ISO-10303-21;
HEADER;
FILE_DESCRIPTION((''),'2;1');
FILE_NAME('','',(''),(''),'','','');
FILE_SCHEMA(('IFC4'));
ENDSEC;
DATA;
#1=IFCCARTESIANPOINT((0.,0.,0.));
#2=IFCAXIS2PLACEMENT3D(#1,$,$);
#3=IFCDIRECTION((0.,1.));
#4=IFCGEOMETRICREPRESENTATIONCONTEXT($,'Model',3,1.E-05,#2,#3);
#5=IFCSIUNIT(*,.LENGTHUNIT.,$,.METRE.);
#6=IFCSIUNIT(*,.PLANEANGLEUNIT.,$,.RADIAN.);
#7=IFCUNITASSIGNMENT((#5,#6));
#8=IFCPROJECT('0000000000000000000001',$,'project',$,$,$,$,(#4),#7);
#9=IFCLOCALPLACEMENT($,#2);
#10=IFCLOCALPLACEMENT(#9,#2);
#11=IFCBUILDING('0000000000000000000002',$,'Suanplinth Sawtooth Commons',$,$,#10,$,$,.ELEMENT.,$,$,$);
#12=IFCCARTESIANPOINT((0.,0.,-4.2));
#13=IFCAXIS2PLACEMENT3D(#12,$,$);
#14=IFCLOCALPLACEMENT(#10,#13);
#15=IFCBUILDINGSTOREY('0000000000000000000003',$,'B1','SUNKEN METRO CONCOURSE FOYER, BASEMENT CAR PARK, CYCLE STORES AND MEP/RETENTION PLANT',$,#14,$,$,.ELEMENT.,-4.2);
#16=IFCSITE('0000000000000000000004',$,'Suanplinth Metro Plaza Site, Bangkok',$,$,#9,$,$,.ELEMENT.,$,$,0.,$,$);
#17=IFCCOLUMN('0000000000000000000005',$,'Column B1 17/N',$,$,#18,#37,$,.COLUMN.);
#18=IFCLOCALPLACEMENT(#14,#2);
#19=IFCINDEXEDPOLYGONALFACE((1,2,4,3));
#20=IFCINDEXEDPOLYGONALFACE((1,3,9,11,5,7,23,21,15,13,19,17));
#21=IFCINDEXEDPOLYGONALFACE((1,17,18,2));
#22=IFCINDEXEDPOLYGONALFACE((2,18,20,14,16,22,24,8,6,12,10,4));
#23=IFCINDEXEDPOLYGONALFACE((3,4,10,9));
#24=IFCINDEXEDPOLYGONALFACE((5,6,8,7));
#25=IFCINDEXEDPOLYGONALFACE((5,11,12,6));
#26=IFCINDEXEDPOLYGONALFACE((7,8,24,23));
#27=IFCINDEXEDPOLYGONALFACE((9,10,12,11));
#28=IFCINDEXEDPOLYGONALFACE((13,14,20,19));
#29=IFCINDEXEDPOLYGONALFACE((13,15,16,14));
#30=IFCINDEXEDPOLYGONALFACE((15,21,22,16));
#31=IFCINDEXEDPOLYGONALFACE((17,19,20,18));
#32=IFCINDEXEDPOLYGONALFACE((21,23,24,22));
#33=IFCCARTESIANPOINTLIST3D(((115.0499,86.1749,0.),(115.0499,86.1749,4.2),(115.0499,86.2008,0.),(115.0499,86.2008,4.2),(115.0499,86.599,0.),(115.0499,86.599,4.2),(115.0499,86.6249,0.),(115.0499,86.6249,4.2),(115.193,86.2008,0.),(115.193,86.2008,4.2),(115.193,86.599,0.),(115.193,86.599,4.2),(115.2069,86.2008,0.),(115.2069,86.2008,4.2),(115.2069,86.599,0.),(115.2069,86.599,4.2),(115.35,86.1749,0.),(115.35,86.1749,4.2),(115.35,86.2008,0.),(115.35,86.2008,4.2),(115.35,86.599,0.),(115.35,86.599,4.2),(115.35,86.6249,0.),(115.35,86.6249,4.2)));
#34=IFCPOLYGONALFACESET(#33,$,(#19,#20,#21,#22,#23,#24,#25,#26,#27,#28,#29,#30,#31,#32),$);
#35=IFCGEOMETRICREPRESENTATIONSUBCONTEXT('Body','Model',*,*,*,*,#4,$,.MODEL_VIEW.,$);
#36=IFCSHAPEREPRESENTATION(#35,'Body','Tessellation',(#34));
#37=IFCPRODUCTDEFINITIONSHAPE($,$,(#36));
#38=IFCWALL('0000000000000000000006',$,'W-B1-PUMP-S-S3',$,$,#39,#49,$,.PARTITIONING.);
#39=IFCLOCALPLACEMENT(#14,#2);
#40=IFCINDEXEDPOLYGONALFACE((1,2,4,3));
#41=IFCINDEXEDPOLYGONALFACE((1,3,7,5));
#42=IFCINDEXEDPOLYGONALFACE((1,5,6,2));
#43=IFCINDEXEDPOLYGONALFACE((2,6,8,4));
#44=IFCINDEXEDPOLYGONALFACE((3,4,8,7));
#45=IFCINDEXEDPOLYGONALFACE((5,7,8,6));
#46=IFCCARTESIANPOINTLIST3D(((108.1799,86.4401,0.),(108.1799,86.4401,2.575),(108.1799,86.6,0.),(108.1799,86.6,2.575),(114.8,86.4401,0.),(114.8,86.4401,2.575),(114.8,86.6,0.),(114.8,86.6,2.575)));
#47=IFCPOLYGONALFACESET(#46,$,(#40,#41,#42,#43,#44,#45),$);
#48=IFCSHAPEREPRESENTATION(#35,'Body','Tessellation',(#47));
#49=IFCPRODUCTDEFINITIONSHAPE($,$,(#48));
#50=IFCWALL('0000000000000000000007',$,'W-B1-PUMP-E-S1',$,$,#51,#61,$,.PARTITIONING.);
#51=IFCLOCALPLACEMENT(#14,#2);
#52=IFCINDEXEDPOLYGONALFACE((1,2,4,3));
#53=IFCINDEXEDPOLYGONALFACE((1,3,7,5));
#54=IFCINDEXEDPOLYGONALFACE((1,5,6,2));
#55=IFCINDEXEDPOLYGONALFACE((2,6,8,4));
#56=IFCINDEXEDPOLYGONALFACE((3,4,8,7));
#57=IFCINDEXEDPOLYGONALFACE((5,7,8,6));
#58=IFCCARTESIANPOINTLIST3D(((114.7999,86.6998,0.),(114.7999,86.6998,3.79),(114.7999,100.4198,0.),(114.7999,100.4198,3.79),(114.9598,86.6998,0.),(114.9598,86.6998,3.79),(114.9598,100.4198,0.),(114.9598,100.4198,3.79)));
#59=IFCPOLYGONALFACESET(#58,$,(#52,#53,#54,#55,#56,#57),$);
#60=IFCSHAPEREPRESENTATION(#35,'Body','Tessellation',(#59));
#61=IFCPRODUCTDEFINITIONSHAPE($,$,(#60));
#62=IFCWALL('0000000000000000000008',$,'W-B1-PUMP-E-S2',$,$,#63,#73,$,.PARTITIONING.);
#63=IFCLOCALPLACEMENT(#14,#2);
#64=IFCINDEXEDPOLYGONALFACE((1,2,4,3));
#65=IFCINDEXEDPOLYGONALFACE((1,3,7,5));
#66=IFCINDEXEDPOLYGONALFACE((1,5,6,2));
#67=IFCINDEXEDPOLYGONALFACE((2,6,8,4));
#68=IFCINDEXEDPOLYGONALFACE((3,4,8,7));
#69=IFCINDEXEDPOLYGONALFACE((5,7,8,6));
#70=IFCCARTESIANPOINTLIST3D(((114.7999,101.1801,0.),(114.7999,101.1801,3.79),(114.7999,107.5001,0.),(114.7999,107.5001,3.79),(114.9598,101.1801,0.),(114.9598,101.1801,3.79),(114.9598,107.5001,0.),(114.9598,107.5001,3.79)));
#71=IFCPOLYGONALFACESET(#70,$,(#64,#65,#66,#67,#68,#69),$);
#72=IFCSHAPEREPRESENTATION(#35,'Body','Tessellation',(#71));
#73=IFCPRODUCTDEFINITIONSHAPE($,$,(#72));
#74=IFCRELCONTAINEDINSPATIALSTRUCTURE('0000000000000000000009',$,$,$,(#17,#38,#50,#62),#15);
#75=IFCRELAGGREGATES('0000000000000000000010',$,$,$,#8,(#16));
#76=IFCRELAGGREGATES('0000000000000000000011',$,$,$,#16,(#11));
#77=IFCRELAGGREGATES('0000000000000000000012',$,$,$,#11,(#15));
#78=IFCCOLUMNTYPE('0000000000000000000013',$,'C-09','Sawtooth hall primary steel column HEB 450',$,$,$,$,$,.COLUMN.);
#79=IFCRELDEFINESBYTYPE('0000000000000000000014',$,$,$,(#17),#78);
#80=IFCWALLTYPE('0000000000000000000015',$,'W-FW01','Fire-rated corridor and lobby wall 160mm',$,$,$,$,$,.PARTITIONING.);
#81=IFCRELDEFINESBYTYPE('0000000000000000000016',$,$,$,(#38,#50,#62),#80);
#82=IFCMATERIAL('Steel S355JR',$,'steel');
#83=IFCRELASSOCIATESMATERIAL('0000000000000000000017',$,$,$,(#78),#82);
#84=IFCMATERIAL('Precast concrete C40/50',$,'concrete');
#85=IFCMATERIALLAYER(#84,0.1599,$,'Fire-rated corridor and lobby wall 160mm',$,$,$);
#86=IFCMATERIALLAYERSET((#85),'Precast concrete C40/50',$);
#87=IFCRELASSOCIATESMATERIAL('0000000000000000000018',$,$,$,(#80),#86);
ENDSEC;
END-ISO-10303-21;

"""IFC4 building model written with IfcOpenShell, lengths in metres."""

from ifc_helpers import new_model, si_unit, direction, frame, frame_2d, origin, origin_2d, place, context, subcontext, project, spatial, rectangle, i_section, extrude, material, layer, layer_set, material_profile, profile_set, type_object, element, save


model = new_model("IFC4")

# Units and contexts
model_context = context("Model", 3, precision=1e-05, world=origin(), true_north=direction((0.0, 1.0)))
body_context = subcontext(model_context, "Body", "Model", "MODEL_VIEW")
ifc_project = project(units=[si_unit("LENGTHUNIT", "METRE"), si_unit("PLANEANGLEUNIT", "RADIAN")], contexts=[model_context])

# Site, building, storey
site_placement = place(None, origin())
site = spatial("IfcSite", under=ifc_project, at=site_placement, Name="Suanplinth Metro Plaza Site, Bangkok", CompositionType="ELEMENT", RefElevation=0.0)
building_placement = place(site_placement, origin())
building = spatial("IfcBuilding", under=site, at=building_placement, Name="Suanplinth Sawtooth Commons", CompositionType="ELEMENT")
storey_placement = place(building_placement, frame((0.0, 0.0, -4.2)))
storey = spatial("IfcBuildingStorey", under=building, at=storey_placement, Name="B1", Description="SUNKEN METRO CONCOURSE FOYER, BASEMENT CAR PARK, CYCLE STORES AND MEP/RETENTION PLANT", CompositionType="ELEMENT", Elevation=-4.2)

# Column
ifc_material_1 = material(Name="Steel S355JR", Category="steel")
ifc_material_profile_1 = material_profile(ifc_material_1, i_section(OverallWidth=0.3, OverallDepth=0.45, WebThickness=0.0139, FlangeThickness=0.0259, at=origin_2d()), Name="HEB 450")
ifc_profile_set_1 = profile_set([ifc_material_profile_1], Name="Steel S355JR")
column_type_1 = type_object("IfcColumnType", Name="C-09", Description="Sawtooth hall primary steel column HEB 450", PredefinedType="COLUMN", material=ifc_profile_set_1)
for number, where, z_axis, x_axis, name in (
    (1, (115.2, 86.3999, 0.0), (0.0, 0.0, 1.0), (1.0, 0.0, 0.0), "Column B1 17/N"),
):
    element("IfcColumn", number, at=place(storey_placement, frame(where, z_axis=z_axis, x_axis=x_axis)), inside=storey, type_object=column_type_1, Name=name, PredefinedType="COLUMN", context=body_context, shape_type="SweptSolid", body=[
        extrude(i_section(OverallWidth=0.3, OverallDepth=0.45, WebThickness=0.0139, FlangeThickness=0.0259, at=origin_2d()), origin(), (0.0, 0.0, 1.0), 4.2),
    ])

# Walls
ifc_material_2 = material(Name="Precast concrete C40/50", Category="concrete")
ifc_layer = layer(ifc_material_2, 0.1599, Name="Fire-rated corridor and lobby wall 160mm")
ifc_layer_set = layer_set([ifc_layer], Name="Precast concrete C40/50")
wall_type = type_object("IfcWallType", Name="W-FW01", Description="Fire-rated corridor and lobby wall 160mm", PredefinedType="PARTITIONING", material=ifc_layer_set)
wall_1_placement = place(storey_placement, frame((108.1799, 86.52, 0.0), z_axis=(0.0, 0.0, 1.0), x_axis=(1.0, 0.0, 0.0)))
element("IfcWall", 2, at=wall_1_placement, inside=storey, type_object=wall_type, Name="W-B1-PUMP-S-S3", PredefinedType="PARTITIONING", context=body_context, shape_type="SweptSolid", body=[
    extrude(rectangle(XDim=6.6201, YDim=0.1599, at=frame_2d((3.3101, 0.0))), origin(), (0.0, 0.0, 1.0), 2.575),
])
wall_2_placement = place(storey_placement, frame((114.8799, 86.7, 0.0), z_axis=(0.0, 0.0, 1.0), x_axis=(0.0, 1.0, 0.0)))
element("IfcWall", 3, at=wall_2_placement, inside=storey, type_object=wall_type, Name="W-B1-PUMP-E-S1", PredefinedType="PARTITIONING", context=body_context, shape_type="SweptSolid", body=[
    extrude(rectangle(XDim=13.72, YDim=0.1599, at=frame_2d((6.8599, 0.0))), origin(), (0.0, 0.0, 1.0), 3.79),
])
wall_3_placement = place(storey_placement, frame((114.8799, 101.1799, 0.0), z_axis=(0.0, 0.0, 1.0), x_axis=(0.0, 1.0, 0.0)))
element("IfcWall", 4, at=wall_3_placement, inside=storey, type_object=wall_type, Name="W-B1-PUMP-E-S2", PredefinedType="PARTITIONING", context=body_context, shape_type="SweptSolid", body=[
    extrude(rectangle(XDim=6.3201, YDim=0.1599, at=frame_2d((3.1602, 0.0))), origin(), (0.0, 0.0, 1.0), 3.79),
])

save(model, "model.ifc")
